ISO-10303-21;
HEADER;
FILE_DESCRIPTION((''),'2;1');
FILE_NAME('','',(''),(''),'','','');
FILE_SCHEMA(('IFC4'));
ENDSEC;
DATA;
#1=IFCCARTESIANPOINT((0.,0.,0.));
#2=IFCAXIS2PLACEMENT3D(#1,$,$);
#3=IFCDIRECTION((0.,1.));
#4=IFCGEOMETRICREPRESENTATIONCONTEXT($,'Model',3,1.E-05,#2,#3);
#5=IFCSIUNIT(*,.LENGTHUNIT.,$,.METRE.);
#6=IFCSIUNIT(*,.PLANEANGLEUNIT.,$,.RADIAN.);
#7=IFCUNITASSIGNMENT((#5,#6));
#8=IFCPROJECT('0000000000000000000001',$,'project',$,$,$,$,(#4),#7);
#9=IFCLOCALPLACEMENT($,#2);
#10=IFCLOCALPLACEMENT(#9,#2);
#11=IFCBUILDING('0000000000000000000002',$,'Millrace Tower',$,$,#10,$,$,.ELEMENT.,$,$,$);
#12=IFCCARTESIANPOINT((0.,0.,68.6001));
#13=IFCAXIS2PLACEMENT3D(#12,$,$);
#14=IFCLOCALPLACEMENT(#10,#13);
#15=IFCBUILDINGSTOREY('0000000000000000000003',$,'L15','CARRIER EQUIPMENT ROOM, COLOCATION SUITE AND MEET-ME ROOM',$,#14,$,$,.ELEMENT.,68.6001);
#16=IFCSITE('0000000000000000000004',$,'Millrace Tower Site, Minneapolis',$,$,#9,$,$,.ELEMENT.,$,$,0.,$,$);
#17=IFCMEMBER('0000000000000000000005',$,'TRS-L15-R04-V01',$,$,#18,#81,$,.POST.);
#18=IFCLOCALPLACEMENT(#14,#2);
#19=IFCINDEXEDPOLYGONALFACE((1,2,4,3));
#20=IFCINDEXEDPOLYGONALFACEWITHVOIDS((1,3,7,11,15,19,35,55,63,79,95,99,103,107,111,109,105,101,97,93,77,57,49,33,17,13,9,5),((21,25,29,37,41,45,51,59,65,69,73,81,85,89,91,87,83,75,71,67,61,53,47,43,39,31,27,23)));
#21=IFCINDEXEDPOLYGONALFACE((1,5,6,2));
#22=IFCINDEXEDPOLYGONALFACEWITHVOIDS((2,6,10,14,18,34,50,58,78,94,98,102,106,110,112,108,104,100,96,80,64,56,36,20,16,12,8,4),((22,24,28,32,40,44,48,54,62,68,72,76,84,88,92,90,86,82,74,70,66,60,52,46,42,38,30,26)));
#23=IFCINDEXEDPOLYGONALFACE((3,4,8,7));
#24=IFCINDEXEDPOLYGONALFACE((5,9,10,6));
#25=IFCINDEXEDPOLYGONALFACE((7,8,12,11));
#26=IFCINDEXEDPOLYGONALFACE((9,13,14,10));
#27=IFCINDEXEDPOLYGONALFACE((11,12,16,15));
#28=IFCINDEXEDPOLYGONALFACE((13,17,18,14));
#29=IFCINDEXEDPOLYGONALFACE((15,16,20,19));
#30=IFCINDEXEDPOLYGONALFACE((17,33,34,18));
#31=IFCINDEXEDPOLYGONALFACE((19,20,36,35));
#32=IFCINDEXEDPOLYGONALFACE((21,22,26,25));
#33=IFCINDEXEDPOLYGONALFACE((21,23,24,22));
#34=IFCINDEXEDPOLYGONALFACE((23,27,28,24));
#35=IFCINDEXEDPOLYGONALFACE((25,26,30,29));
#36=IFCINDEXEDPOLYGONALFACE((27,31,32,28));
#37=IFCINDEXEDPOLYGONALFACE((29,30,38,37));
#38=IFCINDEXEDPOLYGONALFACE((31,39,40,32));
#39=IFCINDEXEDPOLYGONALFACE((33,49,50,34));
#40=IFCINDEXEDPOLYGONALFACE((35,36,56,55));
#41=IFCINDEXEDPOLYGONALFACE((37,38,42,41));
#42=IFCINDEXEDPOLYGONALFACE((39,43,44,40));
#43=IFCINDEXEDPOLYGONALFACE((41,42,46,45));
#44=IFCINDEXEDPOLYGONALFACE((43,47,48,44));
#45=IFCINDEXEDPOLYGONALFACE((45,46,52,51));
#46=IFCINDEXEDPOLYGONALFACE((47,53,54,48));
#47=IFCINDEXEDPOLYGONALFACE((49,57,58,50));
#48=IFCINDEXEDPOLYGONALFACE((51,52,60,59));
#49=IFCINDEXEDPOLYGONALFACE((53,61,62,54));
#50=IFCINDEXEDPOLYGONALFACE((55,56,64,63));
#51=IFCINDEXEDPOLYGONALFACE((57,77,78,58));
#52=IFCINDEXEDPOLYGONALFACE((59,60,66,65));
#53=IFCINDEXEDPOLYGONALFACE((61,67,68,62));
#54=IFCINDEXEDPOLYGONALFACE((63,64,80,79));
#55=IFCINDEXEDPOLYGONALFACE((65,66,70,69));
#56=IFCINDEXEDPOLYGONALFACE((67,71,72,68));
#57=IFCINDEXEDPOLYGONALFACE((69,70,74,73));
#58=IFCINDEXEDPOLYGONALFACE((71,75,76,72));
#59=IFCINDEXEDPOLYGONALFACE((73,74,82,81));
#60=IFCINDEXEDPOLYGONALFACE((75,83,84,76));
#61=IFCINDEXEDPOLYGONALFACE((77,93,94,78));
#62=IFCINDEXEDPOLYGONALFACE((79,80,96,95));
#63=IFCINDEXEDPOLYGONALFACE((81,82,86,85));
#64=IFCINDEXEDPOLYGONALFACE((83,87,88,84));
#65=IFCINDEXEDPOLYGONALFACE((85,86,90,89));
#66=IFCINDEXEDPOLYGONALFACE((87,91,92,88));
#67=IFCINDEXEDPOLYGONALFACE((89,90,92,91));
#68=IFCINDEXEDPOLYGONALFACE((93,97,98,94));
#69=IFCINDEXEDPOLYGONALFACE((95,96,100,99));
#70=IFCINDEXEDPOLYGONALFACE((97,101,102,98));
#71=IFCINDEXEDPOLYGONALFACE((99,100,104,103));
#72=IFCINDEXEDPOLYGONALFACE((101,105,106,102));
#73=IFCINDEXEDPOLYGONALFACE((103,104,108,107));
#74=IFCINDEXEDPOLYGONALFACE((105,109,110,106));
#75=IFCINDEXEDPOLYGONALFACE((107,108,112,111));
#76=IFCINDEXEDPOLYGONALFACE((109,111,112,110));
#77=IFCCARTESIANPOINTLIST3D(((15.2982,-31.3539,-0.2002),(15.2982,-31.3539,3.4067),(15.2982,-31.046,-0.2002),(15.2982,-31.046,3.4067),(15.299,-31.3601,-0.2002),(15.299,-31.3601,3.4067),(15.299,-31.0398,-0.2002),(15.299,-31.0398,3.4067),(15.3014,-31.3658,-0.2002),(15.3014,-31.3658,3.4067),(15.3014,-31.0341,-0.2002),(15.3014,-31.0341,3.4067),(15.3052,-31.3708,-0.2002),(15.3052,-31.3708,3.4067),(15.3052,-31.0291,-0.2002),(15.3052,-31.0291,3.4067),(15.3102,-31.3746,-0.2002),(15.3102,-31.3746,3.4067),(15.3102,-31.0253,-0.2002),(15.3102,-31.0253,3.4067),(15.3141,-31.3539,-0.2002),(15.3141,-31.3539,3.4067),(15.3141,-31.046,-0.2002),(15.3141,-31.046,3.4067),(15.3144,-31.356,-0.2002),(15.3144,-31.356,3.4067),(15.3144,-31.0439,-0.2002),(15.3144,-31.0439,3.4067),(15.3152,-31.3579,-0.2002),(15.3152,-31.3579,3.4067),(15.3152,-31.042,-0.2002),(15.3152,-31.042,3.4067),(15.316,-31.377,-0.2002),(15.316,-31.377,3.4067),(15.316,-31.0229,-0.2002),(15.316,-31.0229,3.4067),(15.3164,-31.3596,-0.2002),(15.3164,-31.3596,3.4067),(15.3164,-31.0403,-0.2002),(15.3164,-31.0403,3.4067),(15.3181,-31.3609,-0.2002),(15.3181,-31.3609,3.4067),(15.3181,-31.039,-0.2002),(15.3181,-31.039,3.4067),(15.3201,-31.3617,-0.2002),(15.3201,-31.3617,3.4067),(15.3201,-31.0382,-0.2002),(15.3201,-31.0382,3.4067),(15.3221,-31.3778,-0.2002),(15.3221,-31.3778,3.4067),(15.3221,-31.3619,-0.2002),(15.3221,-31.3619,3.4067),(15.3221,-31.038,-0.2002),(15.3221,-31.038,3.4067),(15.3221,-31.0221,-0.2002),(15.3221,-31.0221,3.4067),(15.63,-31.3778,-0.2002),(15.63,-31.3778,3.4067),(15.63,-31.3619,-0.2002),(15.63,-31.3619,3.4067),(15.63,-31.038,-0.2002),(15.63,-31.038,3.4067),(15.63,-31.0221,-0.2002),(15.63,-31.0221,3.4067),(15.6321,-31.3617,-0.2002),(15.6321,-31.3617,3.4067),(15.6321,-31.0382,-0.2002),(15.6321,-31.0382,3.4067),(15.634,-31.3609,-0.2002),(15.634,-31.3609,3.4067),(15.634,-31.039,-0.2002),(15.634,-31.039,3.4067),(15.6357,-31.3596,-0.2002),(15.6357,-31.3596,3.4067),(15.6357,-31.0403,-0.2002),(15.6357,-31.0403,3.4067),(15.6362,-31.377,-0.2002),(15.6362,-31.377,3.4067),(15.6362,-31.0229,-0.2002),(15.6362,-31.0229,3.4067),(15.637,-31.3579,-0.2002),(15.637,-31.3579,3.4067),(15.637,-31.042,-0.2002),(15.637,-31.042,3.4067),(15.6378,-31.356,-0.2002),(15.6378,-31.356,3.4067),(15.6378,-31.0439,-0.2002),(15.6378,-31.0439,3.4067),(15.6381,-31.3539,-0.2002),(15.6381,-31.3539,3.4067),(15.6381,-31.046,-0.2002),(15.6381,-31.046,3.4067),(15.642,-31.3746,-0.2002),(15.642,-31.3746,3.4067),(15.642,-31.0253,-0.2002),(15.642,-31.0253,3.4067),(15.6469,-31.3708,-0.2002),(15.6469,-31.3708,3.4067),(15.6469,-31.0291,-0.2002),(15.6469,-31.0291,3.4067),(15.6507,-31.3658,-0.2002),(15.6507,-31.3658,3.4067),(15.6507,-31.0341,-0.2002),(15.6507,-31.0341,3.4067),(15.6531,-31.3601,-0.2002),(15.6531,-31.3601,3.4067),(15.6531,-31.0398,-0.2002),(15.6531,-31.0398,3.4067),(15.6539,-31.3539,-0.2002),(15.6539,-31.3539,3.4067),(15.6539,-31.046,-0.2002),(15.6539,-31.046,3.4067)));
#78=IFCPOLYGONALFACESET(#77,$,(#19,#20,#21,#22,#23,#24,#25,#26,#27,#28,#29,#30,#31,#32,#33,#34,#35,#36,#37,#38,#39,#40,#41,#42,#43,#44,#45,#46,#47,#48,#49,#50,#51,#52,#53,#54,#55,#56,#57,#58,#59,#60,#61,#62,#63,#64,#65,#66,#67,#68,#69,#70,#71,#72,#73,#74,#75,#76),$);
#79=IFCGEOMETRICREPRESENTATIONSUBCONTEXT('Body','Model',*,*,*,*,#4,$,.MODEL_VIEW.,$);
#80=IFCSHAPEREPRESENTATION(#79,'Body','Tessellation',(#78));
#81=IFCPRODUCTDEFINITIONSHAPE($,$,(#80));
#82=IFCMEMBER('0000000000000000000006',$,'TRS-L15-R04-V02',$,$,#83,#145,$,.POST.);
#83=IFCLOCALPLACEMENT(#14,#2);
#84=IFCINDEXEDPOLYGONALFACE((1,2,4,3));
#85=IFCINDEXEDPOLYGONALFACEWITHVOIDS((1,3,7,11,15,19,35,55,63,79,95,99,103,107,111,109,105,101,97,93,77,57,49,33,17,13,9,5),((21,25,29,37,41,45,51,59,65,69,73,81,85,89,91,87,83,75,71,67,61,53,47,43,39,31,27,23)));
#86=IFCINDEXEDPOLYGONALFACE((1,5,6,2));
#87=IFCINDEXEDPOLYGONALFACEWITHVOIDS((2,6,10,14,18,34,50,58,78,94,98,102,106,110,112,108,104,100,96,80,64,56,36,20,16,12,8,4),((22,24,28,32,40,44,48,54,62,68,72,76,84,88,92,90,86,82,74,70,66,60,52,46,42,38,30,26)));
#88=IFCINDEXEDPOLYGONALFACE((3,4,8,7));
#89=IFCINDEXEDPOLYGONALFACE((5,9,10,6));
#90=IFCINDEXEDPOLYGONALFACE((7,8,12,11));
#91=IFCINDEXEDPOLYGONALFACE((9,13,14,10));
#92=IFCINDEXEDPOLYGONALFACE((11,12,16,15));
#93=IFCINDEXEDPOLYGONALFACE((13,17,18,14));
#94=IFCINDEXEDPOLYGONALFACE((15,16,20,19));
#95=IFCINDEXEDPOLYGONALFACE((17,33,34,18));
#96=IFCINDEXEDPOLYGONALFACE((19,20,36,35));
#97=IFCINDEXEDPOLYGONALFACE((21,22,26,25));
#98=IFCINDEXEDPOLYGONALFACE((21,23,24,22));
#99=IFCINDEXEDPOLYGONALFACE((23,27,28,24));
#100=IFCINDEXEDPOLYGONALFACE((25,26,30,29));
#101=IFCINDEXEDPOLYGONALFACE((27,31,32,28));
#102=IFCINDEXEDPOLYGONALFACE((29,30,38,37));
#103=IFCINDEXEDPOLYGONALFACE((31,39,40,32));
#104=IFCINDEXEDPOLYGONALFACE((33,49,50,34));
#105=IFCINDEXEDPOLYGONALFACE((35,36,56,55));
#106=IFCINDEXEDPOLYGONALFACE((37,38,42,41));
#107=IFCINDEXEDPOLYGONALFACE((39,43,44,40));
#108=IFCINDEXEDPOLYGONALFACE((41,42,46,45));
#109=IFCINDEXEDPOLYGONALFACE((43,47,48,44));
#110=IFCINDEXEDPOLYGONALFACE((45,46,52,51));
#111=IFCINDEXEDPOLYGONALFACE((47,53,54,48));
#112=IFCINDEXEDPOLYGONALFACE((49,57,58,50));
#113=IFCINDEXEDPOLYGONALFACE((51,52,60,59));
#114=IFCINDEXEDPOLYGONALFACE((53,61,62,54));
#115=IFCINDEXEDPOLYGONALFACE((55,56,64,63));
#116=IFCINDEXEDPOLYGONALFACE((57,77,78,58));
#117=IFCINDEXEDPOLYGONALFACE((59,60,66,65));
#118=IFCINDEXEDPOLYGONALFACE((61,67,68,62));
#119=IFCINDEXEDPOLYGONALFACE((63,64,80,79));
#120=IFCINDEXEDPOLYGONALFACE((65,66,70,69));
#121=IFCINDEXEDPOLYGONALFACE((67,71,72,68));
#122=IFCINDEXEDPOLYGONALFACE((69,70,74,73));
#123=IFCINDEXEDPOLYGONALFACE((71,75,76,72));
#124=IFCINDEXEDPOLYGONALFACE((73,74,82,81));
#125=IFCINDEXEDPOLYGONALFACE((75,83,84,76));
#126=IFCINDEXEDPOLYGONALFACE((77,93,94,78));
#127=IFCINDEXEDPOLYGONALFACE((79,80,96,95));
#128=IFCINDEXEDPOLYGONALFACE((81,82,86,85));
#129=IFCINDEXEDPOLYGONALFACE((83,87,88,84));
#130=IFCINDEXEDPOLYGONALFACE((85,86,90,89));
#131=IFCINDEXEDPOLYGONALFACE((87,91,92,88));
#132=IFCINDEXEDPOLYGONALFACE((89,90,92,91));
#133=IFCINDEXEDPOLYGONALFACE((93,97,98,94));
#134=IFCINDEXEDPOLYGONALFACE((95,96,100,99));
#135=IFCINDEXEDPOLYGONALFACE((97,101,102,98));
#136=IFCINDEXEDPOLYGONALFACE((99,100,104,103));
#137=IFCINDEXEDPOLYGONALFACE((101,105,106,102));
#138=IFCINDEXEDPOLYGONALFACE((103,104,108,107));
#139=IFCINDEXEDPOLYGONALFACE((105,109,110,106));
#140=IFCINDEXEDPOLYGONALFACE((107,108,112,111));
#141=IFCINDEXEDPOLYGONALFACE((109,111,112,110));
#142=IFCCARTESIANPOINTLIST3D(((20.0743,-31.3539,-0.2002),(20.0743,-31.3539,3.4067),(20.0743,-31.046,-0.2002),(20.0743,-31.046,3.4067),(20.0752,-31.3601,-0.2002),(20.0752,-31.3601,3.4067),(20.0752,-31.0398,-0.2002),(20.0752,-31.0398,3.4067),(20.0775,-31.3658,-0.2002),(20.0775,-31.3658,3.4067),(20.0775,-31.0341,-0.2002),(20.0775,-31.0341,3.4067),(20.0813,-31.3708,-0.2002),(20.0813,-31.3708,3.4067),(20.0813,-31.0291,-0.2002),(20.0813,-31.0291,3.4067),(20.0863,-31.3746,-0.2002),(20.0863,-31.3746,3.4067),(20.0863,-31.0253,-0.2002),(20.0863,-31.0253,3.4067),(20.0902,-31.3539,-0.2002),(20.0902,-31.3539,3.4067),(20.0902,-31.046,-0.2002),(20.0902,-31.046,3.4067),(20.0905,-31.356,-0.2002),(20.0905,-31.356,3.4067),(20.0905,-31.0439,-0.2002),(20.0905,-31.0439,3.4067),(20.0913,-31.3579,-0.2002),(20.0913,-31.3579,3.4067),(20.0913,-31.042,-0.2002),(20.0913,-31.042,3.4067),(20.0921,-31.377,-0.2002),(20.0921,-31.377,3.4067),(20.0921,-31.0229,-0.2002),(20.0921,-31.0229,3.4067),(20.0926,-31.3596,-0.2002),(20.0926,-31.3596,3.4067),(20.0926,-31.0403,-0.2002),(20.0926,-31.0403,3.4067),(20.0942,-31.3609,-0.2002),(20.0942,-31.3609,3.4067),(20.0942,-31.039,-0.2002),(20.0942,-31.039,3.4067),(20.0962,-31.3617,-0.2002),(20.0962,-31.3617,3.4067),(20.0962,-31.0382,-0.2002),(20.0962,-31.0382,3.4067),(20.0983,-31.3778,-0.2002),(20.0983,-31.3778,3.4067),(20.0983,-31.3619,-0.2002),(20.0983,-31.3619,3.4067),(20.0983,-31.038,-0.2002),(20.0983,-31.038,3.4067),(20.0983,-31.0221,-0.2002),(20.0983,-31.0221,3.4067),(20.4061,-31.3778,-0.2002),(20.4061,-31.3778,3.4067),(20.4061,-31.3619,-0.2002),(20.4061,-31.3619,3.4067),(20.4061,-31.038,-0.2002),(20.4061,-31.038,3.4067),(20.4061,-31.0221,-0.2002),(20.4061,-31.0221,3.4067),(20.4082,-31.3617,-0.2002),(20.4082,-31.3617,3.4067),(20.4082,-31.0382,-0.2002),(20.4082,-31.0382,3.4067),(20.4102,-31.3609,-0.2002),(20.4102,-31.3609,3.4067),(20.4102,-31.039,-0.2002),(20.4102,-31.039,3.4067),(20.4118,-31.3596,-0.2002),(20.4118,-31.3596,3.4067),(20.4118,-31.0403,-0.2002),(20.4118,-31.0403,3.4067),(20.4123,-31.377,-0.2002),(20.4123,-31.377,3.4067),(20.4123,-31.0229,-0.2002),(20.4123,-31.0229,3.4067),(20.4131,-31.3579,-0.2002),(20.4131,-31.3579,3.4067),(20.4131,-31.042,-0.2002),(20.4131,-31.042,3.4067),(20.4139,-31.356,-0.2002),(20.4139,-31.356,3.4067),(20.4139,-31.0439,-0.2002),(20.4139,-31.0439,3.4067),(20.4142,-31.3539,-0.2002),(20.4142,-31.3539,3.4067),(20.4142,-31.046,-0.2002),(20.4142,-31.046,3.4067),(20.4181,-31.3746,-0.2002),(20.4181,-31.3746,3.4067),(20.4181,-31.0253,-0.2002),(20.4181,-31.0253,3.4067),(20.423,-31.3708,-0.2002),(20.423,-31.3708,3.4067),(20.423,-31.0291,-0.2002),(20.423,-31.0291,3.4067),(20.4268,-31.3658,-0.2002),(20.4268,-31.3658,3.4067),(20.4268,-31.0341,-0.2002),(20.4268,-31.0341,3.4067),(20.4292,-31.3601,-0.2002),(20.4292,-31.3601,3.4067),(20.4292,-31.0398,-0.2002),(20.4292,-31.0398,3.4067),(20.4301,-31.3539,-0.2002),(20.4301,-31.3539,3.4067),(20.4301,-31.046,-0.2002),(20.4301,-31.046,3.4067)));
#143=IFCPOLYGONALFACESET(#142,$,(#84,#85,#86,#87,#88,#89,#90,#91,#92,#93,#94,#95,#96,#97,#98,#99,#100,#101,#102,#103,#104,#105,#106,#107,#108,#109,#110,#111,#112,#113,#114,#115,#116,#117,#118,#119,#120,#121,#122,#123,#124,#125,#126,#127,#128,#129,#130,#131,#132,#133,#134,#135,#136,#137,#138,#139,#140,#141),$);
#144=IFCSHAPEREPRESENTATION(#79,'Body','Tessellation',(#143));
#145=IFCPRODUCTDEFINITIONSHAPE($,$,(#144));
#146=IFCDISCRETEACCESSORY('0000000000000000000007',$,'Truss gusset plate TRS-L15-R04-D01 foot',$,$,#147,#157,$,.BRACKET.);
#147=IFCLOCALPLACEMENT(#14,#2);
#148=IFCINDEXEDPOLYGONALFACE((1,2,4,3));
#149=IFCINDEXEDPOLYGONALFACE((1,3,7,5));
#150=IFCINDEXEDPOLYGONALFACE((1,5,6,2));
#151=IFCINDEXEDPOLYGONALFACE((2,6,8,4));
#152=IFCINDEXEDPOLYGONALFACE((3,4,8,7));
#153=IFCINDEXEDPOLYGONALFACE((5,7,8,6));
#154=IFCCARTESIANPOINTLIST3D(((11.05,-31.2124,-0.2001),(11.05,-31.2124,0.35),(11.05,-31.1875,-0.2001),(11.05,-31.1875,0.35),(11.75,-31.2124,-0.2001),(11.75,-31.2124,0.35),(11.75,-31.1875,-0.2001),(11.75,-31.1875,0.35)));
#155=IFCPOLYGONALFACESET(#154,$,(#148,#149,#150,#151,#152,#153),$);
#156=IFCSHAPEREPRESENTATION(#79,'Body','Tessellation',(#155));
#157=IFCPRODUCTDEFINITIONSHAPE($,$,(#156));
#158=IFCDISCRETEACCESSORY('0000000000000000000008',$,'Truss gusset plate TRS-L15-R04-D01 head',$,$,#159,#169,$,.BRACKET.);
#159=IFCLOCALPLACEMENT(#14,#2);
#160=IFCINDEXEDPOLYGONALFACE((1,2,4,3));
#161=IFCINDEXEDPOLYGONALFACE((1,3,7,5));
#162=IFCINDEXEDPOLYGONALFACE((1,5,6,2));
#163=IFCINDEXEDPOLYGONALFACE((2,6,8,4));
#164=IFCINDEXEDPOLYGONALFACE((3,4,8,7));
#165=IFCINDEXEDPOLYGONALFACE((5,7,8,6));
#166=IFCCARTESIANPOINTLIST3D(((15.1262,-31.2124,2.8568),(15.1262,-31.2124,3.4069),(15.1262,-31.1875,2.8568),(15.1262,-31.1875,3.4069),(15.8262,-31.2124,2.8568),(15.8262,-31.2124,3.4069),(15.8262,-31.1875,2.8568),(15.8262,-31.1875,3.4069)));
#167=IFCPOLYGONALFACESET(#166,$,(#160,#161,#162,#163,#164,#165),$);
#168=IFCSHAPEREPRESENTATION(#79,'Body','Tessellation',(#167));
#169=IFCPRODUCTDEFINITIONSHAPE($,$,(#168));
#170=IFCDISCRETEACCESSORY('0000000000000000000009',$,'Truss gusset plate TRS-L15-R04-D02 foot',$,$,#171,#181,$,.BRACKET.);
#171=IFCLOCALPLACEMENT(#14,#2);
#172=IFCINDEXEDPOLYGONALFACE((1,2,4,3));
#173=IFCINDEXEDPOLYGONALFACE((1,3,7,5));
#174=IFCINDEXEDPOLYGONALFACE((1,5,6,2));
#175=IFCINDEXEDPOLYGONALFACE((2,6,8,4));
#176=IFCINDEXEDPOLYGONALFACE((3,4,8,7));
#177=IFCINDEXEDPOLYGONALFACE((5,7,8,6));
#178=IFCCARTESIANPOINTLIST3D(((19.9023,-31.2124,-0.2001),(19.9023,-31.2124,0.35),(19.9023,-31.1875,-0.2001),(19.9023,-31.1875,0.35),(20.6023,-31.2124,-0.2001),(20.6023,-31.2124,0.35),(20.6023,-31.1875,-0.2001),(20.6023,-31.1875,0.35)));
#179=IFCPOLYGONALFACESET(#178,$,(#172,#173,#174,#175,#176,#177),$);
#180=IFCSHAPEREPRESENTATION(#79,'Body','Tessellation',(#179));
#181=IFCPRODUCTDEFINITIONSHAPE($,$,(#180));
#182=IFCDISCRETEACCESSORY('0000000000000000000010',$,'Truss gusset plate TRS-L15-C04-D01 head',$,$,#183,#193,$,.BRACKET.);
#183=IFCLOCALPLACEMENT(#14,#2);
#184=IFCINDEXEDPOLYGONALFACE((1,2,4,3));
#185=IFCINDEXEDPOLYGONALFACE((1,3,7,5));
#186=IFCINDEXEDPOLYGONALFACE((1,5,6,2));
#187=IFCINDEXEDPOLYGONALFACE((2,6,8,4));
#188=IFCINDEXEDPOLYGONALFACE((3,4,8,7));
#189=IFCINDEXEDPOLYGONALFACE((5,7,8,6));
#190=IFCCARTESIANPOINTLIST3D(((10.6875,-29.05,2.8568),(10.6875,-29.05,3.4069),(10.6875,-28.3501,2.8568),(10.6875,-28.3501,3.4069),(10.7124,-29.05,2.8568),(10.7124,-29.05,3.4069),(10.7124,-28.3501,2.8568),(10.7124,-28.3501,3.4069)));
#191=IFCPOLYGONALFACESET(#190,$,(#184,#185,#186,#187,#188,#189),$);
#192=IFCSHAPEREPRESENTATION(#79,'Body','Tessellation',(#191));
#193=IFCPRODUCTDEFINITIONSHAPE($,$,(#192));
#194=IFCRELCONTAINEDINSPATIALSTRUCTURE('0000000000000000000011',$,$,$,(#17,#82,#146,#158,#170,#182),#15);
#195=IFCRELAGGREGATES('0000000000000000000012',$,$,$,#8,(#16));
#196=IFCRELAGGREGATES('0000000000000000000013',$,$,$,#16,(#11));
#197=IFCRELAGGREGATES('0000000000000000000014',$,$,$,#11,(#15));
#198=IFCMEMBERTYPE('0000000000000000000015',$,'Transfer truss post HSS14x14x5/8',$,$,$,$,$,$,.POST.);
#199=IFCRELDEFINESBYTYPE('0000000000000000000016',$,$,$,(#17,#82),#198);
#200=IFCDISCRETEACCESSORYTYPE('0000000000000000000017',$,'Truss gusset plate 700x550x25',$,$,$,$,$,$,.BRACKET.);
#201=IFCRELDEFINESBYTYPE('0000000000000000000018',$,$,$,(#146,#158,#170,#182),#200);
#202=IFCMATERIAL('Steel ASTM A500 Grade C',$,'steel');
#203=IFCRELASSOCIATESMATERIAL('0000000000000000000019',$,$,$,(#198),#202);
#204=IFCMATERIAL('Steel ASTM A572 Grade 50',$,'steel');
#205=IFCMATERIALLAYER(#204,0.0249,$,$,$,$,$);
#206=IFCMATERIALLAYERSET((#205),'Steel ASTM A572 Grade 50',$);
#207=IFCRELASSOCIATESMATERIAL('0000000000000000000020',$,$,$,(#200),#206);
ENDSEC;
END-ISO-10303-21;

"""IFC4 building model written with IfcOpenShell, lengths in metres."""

from ifc_helpers import new_model, si_unit, direction, frame, origin, origin_2d, place, context, subcontext, project, spatial, rectangle, hollow_rectangle, extrude, material, layer, layer_set, material_profile, profile_set, type_object, element, save


model = new_model("IFC4")

# Units and contexts
model_context = context("Model", 3, precision=1e-05, world=origin(), true_north=direction((0.0, 1.0)))
body_context = subcontext(model_context, "Body", "Model", "MODEL_VIEW")
ifc_project = project(units=[si_unit("LENGTHUNIT", "METRE"), si_unit("PLANEANGLEUNIT", "RADIAN")], contexts=[model_context])

# Site, building, storey
site_placement = place(None, origin())
site = spatial("IfcSite", under=ifc_project, at=site_placement, Name="Millrace Tower Site, Minneapolis", CompositionType="ELEMENT", RefElevation=0.0)
building_placement = place(site_placement, origin())
building = spatial("IfcBuilding", under=site, at=building_placement, Name="Millrace Tower", CompositionType="ELEMENT")
storey_placement = place(building_placement, frame((0.0, 0.0, 68.6001)))
storey = spatial("IfcBuildingStorey", under=building, at=storey_placement, Name="L15", Description="CARRIER EQUIPMENT ROOM, COLOCATION SUITE AND MEET-ME ROOM", CompositionType="ELEMENT", Elevation=68.6001)

# Members
ifc_material_1 = material(Name="Steel ASTM A500 Grade C", Category="steel")
ifc_material_profile_1 = material_profile(ifc_material_1, hollow_rectangle(XDim=0.3557, YDim=0.3557, WallThickness=0.0159, InnerFilletRadius=0.0081, OuterFilletRadius=0.0239, at=origin_2d()))
ifc_profile_set_1 = profile_set([ifc_material_profile_1], Name="Steel ASTM A500 Grade C")
member_type_1 = type_object("IfcMemberType", Name="Transfer truss post HSS14x14x5/8", PredefinedType="POST", material=ifc_profile_set_1)
for number, where, z_axis, x_axis, name in (
    (1, (15.4761, -31.2, -0.2002), (0.0, 0.0, 1.0), (1.0, 0.0, 0.0), "TRS-L15-R04-V01"),
    (2, (20.2522, -31.2, -0.2002), (0.0, 0.0, 1.0), (1.0, 0.0, 0.0), "TRS-L15-R04-V02"),
):
    element("IfcMember", number, at=place(storey_placement, frame(where, z_axis=z_axis, x_axis=x_axis)), inside=storey, type_object=member_type_1, Name=name, PredefinedType="POST", context=body_context, shape_type="SweptSolid", body=[
        extrude(hollow_rectangle(XDim=0.3557, YDim=0.3557, WallThickness=0.0159, InnerFilletRadius=0.0081, OuterFilletRadius=0.0239, at=origin_2d()), origin(), (0.0, 0.0, 1.0), 3.6069),
    ])

# Discrete accessories
ifc_material_2 = material(Name="Steel ASTM A572 Grade 50", Category="steel")
ifc_layer_1 = layer(ifc_material_2, 0.0249)
ifc_layer_set_1 = layer_set([ifc_layer_1], Name="Steel ASTM A572 Grade 50")
discrete_accessory_type = type_object("IfcDiscreteAccessoryType", Name="Truss gusset plate 700x550x25", PredefinedType="BRACKET", material=ifc_layer_set_1)
for number, where, z_axis, x_axis, name in (
    (3, (11.05, -31.2, 0.075), (1.0, 0.0, 0.0), (0.0, 1.0, 0.0), "Truss gusset plate TRS-L15-R04-D01 foot"),
    (4, (15.1262, -31.2, 3.1318), (1.0, 0.0, 0.0), (0.0, 1.0, 0.0), "Truss gusset plate TRS-L15-R04-D01 head"),
    (5, (19.9023, -31.2, 0.075), (1.0, 0.0, 0.0), (0.0, 1.0, 0.0), "Truss gusset plate TRS-L15-R04-D02 foot"),
    (6, (10.7, -29.05, 3.1318), (0.0, 1.0, 0.0), (-1.0, 0.0, 0.0), "Truss gusset plate TRS-L15-C04-D01 head"),
):
    element("IfcDiscreteAccessory", number, at=place(storey_placement, frame(where, z_axis=z_axis, x_axis=x_axis)), inside=storey, type_object=discrete_accessory_type, Name=name, PredefinedType="BRACKET", context=body_context, shape_type="SweptSolid", body=[
        extrude(rectangle(XDim=0.0249, YDim=0.55, at=origin_2d()), origin(), (0.0, 0.0, 1.0), 0.7),
    ])

save(model, "model.ifc")
